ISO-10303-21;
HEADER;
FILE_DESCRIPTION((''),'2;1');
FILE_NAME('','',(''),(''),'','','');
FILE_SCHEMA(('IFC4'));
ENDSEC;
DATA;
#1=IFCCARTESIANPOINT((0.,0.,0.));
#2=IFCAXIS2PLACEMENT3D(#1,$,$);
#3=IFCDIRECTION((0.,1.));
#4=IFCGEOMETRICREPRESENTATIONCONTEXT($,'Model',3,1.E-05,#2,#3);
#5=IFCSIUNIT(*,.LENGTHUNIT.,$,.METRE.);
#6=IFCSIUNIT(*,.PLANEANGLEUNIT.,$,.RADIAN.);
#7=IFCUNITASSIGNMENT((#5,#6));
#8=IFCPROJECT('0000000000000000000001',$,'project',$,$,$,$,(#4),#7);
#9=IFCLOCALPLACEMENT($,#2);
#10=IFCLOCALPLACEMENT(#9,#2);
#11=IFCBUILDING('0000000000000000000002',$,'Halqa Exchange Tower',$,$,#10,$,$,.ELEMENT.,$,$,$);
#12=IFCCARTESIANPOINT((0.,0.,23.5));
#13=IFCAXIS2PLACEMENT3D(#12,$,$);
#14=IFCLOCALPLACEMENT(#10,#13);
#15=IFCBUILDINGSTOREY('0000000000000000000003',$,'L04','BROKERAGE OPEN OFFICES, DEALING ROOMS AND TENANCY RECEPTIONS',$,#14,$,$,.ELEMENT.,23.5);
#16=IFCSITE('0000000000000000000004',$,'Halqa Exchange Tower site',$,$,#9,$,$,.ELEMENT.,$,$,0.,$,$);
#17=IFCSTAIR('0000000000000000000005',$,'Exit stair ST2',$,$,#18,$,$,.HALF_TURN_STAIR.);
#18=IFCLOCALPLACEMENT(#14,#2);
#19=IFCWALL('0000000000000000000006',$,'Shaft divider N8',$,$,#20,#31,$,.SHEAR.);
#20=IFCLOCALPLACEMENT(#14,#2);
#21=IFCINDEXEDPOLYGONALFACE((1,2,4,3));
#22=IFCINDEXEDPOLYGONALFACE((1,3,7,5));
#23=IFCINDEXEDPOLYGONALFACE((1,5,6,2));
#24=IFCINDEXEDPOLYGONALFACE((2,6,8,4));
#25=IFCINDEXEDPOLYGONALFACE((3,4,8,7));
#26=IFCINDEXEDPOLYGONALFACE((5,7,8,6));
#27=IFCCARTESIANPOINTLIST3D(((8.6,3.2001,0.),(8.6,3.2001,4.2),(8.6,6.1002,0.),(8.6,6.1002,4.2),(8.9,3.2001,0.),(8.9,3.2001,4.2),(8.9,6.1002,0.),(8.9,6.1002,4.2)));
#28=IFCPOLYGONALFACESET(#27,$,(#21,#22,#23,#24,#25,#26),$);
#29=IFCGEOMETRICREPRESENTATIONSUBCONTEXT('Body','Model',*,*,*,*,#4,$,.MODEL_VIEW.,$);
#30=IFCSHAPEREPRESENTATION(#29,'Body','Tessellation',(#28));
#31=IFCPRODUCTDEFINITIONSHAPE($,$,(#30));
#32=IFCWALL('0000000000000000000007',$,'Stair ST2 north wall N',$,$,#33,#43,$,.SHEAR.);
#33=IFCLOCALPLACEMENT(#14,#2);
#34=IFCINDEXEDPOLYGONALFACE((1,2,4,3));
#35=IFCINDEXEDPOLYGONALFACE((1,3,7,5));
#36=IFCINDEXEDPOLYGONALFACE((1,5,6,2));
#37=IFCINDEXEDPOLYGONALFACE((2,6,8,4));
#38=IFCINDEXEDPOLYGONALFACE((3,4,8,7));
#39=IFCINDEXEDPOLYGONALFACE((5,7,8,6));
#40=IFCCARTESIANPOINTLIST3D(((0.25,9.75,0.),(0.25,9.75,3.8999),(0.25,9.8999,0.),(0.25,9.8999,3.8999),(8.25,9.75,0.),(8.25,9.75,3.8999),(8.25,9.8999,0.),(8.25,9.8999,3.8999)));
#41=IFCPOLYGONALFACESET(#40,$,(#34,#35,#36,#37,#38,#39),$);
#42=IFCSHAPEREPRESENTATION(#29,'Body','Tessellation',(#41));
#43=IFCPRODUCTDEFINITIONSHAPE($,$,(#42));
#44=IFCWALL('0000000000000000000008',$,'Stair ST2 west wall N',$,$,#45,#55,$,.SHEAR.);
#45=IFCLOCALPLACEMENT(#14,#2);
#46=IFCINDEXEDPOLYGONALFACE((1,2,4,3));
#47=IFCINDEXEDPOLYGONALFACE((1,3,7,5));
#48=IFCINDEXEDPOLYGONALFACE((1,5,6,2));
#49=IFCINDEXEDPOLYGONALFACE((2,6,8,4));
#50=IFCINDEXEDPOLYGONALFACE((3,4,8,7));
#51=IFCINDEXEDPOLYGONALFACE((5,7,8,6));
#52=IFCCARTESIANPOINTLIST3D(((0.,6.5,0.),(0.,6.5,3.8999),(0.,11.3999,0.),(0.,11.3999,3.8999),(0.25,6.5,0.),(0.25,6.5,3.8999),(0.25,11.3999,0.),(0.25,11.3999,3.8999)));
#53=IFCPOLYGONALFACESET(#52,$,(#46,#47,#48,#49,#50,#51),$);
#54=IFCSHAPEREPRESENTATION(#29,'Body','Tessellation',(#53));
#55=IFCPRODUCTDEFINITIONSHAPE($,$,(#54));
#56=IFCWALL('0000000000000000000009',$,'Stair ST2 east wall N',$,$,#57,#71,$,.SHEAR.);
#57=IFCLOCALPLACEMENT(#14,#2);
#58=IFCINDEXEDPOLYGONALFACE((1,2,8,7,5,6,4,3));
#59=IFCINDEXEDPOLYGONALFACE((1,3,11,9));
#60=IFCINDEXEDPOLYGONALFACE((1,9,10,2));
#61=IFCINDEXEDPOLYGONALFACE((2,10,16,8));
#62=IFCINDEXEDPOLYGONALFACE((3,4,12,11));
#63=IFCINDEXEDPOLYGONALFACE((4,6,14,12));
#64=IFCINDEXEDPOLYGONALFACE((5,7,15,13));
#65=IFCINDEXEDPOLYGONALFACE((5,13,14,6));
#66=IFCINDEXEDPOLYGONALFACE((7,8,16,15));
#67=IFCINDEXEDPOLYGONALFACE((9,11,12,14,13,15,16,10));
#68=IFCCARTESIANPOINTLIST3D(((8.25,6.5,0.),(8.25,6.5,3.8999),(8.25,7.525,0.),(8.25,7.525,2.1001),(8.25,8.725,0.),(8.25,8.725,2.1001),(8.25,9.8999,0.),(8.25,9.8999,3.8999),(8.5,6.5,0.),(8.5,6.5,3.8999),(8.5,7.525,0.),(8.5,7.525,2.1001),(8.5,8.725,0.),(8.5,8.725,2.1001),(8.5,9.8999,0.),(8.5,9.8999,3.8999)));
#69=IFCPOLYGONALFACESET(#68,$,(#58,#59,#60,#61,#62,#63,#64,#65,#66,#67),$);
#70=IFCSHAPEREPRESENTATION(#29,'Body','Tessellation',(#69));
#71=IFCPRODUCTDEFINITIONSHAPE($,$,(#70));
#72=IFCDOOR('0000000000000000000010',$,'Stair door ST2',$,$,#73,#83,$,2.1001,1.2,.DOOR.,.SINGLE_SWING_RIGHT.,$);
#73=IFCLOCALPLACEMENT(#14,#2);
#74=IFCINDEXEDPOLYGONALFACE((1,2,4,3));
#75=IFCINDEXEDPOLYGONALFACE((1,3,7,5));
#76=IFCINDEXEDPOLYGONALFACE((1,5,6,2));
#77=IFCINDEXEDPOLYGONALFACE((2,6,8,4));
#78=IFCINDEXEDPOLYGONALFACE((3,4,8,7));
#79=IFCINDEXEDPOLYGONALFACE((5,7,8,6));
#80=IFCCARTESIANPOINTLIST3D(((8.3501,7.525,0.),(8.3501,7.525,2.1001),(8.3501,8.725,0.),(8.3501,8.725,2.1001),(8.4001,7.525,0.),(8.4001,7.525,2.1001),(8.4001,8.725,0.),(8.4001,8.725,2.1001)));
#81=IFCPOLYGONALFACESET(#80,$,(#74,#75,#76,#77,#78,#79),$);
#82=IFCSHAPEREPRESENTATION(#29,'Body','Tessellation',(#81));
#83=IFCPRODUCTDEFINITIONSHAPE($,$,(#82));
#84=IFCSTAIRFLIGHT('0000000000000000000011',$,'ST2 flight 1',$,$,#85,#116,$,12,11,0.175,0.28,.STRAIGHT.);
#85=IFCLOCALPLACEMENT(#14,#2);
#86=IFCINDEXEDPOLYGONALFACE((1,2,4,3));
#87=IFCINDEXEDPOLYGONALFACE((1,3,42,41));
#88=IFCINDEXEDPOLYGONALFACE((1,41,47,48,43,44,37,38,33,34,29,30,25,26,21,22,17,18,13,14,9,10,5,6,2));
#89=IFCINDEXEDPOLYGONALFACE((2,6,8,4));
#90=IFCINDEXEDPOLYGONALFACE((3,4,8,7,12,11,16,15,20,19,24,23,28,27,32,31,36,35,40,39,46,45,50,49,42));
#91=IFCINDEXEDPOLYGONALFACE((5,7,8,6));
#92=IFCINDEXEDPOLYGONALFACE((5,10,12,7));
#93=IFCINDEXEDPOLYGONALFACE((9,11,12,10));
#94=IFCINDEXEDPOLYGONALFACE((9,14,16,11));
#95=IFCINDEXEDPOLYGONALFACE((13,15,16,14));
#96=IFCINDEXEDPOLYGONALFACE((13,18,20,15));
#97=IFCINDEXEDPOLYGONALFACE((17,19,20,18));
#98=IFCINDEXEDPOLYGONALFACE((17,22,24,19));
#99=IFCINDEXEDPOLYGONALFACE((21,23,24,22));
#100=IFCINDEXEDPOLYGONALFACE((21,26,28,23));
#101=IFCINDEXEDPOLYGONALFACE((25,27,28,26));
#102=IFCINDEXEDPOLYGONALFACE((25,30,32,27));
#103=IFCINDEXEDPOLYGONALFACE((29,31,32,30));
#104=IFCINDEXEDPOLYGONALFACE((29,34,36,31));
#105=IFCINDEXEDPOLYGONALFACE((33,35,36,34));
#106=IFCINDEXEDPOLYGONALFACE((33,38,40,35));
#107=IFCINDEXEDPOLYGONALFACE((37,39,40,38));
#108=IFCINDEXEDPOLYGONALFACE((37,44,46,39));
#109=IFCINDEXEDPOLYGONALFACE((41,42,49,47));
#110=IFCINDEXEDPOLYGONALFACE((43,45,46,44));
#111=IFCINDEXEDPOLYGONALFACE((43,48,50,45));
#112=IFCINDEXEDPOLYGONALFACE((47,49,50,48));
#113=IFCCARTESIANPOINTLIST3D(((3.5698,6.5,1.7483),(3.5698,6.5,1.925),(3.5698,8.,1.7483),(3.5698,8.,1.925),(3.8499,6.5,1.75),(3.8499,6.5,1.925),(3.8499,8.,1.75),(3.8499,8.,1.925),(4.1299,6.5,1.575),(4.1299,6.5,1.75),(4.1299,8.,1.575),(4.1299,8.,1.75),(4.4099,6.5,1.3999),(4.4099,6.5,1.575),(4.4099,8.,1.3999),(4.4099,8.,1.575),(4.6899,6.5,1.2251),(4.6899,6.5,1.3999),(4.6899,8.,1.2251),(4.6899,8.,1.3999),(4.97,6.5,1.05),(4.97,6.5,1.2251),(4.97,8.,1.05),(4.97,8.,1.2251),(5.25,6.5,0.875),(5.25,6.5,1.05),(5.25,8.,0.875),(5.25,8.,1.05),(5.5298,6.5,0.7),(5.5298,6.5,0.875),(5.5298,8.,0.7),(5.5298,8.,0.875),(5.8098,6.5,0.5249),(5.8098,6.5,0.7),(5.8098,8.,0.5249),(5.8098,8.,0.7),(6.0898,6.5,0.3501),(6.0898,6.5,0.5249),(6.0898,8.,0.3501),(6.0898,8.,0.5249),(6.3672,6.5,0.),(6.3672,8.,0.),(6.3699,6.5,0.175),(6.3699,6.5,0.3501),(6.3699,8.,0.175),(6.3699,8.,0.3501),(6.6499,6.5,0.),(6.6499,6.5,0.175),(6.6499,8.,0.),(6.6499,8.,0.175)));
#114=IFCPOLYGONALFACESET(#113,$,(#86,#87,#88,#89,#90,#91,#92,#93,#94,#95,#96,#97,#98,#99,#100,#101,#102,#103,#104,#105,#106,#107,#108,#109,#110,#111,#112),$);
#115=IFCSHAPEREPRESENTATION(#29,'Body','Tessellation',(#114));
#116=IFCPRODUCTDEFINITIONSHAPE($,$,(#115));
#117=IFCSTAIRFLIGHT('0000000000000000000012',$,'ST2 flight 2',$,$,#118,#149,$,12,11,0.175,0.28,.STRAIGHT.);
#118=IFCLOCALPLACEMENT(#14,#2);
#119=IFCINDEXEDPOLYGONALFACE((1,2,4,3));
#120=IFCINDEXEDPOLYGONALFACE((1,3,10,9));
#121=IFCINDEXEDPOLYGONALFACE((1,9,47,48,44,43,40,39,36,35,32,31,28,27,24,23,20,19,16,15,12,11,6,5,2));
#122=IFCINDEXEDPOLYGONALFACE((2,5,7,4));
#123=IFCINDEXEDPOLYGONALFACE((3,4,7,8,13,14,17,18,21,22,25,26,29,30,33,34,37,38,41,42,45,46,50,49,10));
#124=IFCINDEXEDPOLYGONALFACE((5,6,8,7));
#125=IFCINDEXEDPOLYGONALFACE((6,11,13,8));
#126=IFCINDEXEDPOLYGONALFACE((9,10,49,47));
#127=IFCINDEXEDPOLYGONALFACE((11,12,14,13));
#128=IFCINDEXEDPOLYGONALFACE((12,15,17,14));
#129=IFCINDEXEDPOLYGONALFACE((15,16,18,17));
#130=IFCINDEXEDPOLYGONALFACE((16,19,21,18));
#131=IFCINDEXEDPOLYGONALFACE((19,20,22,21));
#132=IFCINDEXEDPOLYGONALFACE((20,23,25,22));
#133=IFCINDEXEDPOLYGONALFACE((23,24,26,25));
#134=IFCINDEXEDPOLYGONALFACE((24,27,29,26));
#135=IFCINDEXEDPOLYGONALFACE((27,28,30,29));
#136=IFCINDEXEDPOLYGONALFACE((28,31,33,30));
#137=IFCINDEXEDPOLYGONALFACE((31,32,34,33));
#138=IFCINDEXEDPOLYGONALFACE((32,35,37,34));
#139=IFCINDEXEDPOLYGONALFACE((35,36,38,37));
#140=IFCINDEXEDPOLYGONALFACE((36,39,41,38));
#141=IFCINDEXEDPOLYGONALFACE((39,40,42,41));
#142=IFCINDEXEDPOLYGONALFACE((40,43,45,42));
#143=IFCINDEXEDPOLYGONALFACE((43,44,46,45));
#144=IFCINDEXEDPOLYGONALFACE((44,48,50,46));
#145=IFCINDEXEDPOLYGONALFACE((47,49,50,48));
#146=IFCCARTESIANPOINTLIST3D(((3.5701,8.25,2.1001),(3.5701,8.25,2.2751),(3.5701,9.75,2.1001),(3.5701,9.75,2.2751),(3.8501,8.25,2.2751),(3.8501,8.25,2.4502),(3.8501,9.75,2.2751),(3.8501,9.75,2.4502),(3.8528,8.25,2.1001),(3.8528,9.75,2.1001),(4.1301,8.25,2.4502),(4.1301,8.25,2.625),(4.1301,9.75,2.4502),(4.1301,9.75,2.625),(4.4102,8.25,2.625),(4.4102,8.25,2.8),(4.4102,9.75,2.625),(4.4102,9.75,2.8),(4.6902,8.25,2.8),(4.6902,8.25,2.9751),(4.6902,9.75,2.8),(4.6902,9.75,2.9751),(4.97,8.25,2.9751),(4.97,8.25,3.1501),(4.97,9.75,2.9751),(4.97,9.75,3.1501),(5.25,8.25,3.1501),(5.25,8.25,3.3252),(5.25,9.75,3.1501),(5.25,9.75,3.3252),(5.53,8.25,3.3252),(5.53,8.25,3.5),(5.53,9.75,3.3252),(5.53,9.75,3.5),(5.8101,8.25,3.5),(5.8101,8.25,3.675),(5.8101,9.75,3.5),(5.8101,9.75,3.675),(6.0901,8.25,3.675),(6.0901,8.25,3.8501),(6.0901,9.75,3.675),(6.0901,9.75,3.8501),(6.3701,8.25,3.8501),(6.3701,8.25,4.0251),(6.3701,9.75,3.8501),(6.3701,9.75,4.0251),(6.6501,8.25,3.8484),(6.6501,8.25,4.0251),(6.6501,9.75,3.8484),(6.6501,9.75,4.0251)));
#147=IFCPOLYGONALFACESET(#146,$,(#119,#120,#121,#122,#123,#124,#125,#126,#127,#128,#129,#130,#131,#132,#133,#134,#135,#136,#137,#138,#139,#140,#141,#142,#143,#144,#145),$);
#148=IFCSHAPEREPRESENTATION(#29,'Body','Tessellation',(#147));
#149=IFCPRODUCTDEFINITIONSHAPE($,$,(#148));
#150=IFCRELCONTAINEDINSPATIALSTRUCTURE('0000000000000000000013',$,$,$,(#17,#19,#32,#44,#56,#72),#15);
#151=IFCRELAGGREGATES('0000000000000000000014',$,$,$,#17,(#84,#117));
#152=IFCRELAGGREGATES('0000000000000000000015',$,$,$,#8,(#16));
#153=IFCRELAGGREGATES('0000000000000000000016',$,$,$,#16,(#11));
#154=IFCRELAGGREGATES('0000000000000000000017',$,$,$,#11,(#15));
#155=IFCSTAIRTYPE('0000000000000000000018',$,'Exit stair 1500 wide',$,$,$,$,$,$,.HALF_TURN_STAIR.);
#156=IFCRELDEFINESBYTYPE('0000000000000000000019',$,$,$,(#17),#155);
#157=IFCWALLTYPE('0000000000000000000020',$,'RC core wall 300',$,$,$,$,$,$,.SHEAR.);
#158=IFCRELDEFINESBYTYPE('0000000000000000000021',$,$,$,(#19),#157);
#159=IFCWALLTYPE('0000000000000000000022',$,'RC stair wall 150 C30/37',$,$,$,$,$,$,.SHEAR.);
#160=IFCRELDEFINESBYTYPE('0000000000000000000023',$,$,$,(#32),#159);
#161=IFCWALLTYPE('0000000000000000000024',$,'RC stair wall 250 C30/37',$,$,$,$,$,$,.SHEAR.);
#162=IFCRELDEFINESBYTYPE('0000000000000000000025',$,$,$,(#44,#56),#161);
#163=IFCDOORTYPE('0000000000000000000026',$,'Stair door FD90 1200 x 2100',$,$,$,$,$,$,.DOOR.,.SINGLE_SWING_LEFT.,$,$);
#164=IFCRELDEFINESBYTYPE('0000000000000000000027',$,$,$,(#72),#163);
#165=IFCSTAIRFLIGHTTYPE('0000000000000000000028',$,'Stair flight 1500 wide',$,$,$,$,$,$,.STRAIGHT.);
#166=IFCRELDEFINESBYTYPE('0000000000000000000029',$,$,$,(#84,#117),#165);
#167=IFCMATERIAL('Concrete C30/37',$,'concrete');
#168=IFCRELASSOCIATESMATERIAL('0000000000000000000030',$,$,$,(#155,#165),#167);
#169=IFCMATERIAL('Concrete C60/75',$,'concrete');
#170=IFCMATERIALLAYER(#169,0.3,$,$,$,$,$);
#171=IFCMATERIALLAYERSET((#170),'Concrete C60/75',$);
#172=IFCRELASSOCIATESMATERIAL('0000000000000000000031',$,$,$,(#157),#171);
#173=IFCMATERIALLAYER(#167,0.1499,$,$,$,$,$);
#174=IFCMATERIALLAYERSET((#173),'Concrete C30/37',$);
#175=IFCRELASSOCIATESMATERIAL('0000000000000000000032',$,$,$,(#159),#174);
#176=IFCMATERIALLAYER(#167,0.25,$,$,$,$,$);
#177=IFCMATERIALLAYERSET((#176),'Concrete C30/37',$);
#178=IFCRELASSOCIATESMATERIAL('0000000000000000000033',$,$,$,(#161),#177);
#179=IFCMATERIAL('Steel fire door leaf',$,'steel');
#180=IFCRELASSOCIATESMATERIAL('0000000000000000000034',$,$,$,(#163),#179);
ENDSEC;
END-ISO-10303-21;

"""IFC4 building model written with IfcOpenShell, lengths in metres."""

from ifc_helpers import new_model, si_unit, direction, frame, frame_2d, origin, place, context, subcontext, project, spatial, polyline, rectangle, outline, extrude, material, layer, layer_set, type_object, element, fill, aggregate, save


model = new_model("IFC4")

# Units and contexts
model_context = context("Model", 3, precision=1e-05, world=origin(), true_north=direction((0.0, 1.0)))
body_context = subcontext(model_context, "Body", "Model", "MODEL_VIEW")
ifc_project = project(units=[si_unit("LENGTHUNIT", "METRE"), si_unit("PLANEANGLEUNIT", "RADIAN")], contexts=[model_context])

# Site, building, storey
site_placement = place(None, origin())
site = spatial("IfcSite", under=ifc_project, at=site_placement, Name="Halqa Exchange Tower site", CompositionType="ELEMENT", RefElevation=0.0)
building_placement = place(site_placement, origin())
building = spatial("IfcBuilding", under=site, at=building_placement, Name="Halqa Exchange Tower", CompositionType="ELEMENT")
storey_placement = place(building_placement, frame((0.0, 0.0, 23.5)))
storey = spatial("IfcBuildingStorey", under=building, at=storey_placement, Name="L04", Description="BROKERAGE OPEN OFFICES, DEALING ROOMS AND TENANCY RECEPTIONS", CompositionType="ELEMENT", Elevation=23.5)

# Shared definitions
ifc_material_1 = material(Name="Concrete C60/75", Category="concrete")

# Stair
ifc_material_2 = material(Name="Concrete C30/37", Category="concrete")
stair_type = type_object("IfcStairType", Name="Exit stair 1500 wide", PredefinedType="HALF_TURN_STAIR", material=ifc_material_2)
stair_1_placement = place(storey_placement, origin())
stair_1 = element("IfcStair", 1, at=stair_1_placement, inside=storey, type_object=stair_type, Name="Exit stair ST2", PredefinedType="HALF_TURN_STAIR")

# Walls
ifc_layer_1 = layer(ifc_material_1, 0.3)
ifc_layer_set_1 = layer_set([ifc_layer_1], Name="Concrete C60/75")
wall_type_1 = type_object("IfcWallType", Name="RC core wall 300", PredefinedType="SHEAR", material=ifc_layer_set_1)
for number, where, z_axis, x_axis, name in (
    (2, (8.75, 3.2, 0.0), (0.0, 0.0, 1.0), (0.0, 1.0, 0.0), "Shaft divider N8"),
):
    element("IfcWall", number, at=place(storey_placement, frame(where, z_axis=z_axis, x_axis=x_axis)), inside=storey, type_object=wall_type_1, Name=name, PredefinedType="SHEAR", context=body_context, shape_type="SweptSolid", body=[
        extrude(rectangle(XDim=2.9001, YDim=0.3, at=frame_2d((1.4502, 0.0))), origin(), (0.0, 0.0, 1.0), 4.2),
    ])
ifc_layer_2 = layer(ifc_material_2, 0.1499)
ifc_layer_set_2 = layer_set([ifc_layer_2], Name="Concrete C30/37")
wall_type_2 = type_object("IfcWallType", Name="RC stair wall 150 C30/37", PredefinedType="SHEAR", material=ifc_layer_set_2)
wall_1_placement = place(storey_placement, frame((0.25, 9.825, 0.0), z_axis=(0.0, 0.0, 1.0), x_axis=(1.0, 0.0, 0.0)))
element("IfcWall", 3, at=wall_1_placement, inside=storey, type_object=wall_type_2, Name="Stair ST2 north wall N", PredefinedType="SHEAR", context=body_context, shape_type="SweptSolid", body=[
    extrude(rectangle(XDim=8.0, YDim=0.1499, at=frame_2d((4.0, 0.0))), origin(), (0.0, 0.0, 1.0), 3.8999),
])
ifc_layer_3 = layer(ifc_material_2, 0.25)
ifc_layer_set_3 = layer_set([ifc_layer_3], Name="Concrete C30/37")
wall_type_3 = type_object("IfcWallType", Name="RC stair wall 250 C30/37", PredefinedType="SHEAR", material=ifc_layer_set_3)
wall_2_placement = place(storey_placement, frame((0.125, 6.5, 0.0), z_axis=(0.0, 0.0, 1.0), x_axis=(0.0, 1.0, 0.0)))
element("IfcWall", 4, at=wall_2_placement, inside=storey, type_object=wall_type_3, Name="Stair ST2 west wall N", PredefinedType="SHEAR", context=body_context, shape_type="SweptSolid", body=[
    extrude(rectangle(XDim=4.8999, YDim=0.25, at=frame_2d((2.45, 0.0))), origin(), (0.0, 0.0, 1.0), 3.8999),
])

# Wall, opening, door
wall_3_placement = place(storey_placement, frame((8.375, 6.5, 0.0), z_axis=(0.0, 0.0, 1.0), x_axis=(0.0, 1.0, 0.0)))
wall_3 = element("IfcWall", 5, at=wall_3_placement, inside=storey, type_object=wall_type_3, Name="Stair ST2 east wall N", PredefinedType="SHEAR", context=body_context, shape_type="SweptSolid", body=[
    extrude(rectangle(XDim=3.3999, YDim=0.25, at=frame_2d((1.7, 0.0))), origin(), (0.0, 0.0, 1.0), 3.8999),
])
opening_placement = place(wall_3_placement, frame((1.0249, 0.0, 0.0)))
opening = element("IfcOpeningElement", 6, at=opening_placement, cuts=wall_3, PredefinedType="OPENING", context=body_context, shape_type="SweptSolid", body=[
    extrude(rectangle(XDim=1.2, YDim=2.1001, at=frame_2d((0.6001, 1.05))), frame((0.0, 0.137, 0.0), z_axis=(0.0, -1.0, 0.0), x_axis=(1.0, 0.0, 0.0)), (0.0, 0.0, 1.0), 0.2739),
])
ifc_material_3 = material(Name="Steel fire door leaf", Category="steel")
door_type = type_object("IfcDoorType", Name="Stair door FD90 1200 x 2100", OperationType="SINGLE_SWING_LEFT", PredefinedType="DOOR", material=ifc_material_3)
door_placement = place(opening_placement, origin())
door = element("IfcDoor", 7, at=door_placement, inside=storey, type_object=door_type, Name="Stair door ST2", OperationType="SINGLE_SWING_RIGHT", OverallHeight=2.1001, OverallWidth=1.2, PredefinedType="DOOR", context=body_context, shape_type="SweptSolid", body=[
    extrude(rectangle(XDim=1.2, YDim=2.1001, at=frame_2d((0.6001, 1.05))), frame((0.0, 0.0249, 0.0), z_axis=(0.0, -1.0, 0.0), x_axis=(1.0, 0.0, 0.0)), (0.0, 0.0, 1.0), 0.05),
])
fill(opening, door)

# Stair flights
stair_flight_type = type_object("IfcStairFlightType", Name="Stair flight 1500 wide", PredefinedType="STRAIGHT", material=ifc_material_2)
stair_flight_1_placement = place(storey_placement, frame((6.6499, 7.25, 0.0), z_axis=(0.0, 0.0, 1.0), x_axis=(-1.0, 0.0, 0.0)))
stair_flight_1 = element("IfcStairFlight", 8, at=stair_flight_1_placement, type_object=stair_flight_type, Name="ST2 flight 1", NumberOfRisers=12, NumberOfTreads=11, PredefinedType="STRAIGHT", RiserHeight=0.175, TreadLength=0.28, context=body_context, shape_type="SweptSolid", body=[
    extrude(outline(polyline([(0.0, 0.0), (0.0, 0.175), (0.28, 0.175), (0.28, 0.3501), (0.5601, 0.3501), (0.5601, 0.5249), (0.8401, 0.5249), (0.8401, 0.7), (1.1201, 0.7), (1.1201, 0.875), (1.3999, 0.875), (1.3999, 1.05), (1.6799, 1.05), (1.6799, 1.2251), (1.96, 1.2251), (1.96, 1.3999), (2.24, 1.3999), (2.24, 1.575), (2.52, 1.575), (2.52, 1.75), (2.8, 1.75), (2.8, 1.925), (3.0801, 1.925), (3.0801, 2.1001), (3.0801, 1.7483), (0.2827, 0.0), (0.0, 0.0)])), frame((0.0, 0.75, 0.0), z_axis=(0.0, -1.0, 0.0), x_axis=(1.0, 0.0, 0.0)), (0.0, 0.0, 1.0), 1.5),
])
stair_flight_2_placement = place(storey_placement, frame((3.5701, 9.0, 2.1001), z_axis=(0.0, 0.0, 1.0), x_axis=(1.0, 0.0, 0.0)))
stair_flight_2 = element("IfcStairFlight", 9, at=stair_flight_2_placement, type_object=stair_flight_type, Name="ST2 flight 2", NumberOfRisers=12, NumberOfTreads=11, PredefinedType="STRAIGHT", RiserHeight=0.175, TreadLength=0.28, context=body_context, shape_type="SweptSolid", body=[
    extrude(outline(polyline([(0.0, 0.0), (0.0, 0.175), (0.28, 0.175), (0.28, 0.3501), (0.5601, 0.3501), (0.5601, 0.5249), (0.8401, 0.5249), (0.8401, 0.7), (1.1201, 0.7), (1.1201, 0.875), (1.3999, 0.875), (1.3999, 1.05), (1.6799, 1.05), (1.6799, 1.2251), (1.96, 1.2251), (1.96, 1.3999), (2.24, 1.3999), (2.24, 1.575), (2.52, 1.575), (2.52, 1.75), (2.8, 1.75), (2.8, 1.925), (3.0801, 1.925), (3.0801, 2.1001), (3.0801, 1.7483), (0.2827, 0.0), (0.0, 0.0)])), frame((0.0, 0.75, 0.0), z_axis=(0.0, -1.0, 0.0), x_axis=(1.0, 0.0, 0.0)), (0.0, 0.0, 1.0), 1.5),
])
aggregate(stair_1, [stair_flight_1, stair_flight_2])

save(model, "model.ifc")
